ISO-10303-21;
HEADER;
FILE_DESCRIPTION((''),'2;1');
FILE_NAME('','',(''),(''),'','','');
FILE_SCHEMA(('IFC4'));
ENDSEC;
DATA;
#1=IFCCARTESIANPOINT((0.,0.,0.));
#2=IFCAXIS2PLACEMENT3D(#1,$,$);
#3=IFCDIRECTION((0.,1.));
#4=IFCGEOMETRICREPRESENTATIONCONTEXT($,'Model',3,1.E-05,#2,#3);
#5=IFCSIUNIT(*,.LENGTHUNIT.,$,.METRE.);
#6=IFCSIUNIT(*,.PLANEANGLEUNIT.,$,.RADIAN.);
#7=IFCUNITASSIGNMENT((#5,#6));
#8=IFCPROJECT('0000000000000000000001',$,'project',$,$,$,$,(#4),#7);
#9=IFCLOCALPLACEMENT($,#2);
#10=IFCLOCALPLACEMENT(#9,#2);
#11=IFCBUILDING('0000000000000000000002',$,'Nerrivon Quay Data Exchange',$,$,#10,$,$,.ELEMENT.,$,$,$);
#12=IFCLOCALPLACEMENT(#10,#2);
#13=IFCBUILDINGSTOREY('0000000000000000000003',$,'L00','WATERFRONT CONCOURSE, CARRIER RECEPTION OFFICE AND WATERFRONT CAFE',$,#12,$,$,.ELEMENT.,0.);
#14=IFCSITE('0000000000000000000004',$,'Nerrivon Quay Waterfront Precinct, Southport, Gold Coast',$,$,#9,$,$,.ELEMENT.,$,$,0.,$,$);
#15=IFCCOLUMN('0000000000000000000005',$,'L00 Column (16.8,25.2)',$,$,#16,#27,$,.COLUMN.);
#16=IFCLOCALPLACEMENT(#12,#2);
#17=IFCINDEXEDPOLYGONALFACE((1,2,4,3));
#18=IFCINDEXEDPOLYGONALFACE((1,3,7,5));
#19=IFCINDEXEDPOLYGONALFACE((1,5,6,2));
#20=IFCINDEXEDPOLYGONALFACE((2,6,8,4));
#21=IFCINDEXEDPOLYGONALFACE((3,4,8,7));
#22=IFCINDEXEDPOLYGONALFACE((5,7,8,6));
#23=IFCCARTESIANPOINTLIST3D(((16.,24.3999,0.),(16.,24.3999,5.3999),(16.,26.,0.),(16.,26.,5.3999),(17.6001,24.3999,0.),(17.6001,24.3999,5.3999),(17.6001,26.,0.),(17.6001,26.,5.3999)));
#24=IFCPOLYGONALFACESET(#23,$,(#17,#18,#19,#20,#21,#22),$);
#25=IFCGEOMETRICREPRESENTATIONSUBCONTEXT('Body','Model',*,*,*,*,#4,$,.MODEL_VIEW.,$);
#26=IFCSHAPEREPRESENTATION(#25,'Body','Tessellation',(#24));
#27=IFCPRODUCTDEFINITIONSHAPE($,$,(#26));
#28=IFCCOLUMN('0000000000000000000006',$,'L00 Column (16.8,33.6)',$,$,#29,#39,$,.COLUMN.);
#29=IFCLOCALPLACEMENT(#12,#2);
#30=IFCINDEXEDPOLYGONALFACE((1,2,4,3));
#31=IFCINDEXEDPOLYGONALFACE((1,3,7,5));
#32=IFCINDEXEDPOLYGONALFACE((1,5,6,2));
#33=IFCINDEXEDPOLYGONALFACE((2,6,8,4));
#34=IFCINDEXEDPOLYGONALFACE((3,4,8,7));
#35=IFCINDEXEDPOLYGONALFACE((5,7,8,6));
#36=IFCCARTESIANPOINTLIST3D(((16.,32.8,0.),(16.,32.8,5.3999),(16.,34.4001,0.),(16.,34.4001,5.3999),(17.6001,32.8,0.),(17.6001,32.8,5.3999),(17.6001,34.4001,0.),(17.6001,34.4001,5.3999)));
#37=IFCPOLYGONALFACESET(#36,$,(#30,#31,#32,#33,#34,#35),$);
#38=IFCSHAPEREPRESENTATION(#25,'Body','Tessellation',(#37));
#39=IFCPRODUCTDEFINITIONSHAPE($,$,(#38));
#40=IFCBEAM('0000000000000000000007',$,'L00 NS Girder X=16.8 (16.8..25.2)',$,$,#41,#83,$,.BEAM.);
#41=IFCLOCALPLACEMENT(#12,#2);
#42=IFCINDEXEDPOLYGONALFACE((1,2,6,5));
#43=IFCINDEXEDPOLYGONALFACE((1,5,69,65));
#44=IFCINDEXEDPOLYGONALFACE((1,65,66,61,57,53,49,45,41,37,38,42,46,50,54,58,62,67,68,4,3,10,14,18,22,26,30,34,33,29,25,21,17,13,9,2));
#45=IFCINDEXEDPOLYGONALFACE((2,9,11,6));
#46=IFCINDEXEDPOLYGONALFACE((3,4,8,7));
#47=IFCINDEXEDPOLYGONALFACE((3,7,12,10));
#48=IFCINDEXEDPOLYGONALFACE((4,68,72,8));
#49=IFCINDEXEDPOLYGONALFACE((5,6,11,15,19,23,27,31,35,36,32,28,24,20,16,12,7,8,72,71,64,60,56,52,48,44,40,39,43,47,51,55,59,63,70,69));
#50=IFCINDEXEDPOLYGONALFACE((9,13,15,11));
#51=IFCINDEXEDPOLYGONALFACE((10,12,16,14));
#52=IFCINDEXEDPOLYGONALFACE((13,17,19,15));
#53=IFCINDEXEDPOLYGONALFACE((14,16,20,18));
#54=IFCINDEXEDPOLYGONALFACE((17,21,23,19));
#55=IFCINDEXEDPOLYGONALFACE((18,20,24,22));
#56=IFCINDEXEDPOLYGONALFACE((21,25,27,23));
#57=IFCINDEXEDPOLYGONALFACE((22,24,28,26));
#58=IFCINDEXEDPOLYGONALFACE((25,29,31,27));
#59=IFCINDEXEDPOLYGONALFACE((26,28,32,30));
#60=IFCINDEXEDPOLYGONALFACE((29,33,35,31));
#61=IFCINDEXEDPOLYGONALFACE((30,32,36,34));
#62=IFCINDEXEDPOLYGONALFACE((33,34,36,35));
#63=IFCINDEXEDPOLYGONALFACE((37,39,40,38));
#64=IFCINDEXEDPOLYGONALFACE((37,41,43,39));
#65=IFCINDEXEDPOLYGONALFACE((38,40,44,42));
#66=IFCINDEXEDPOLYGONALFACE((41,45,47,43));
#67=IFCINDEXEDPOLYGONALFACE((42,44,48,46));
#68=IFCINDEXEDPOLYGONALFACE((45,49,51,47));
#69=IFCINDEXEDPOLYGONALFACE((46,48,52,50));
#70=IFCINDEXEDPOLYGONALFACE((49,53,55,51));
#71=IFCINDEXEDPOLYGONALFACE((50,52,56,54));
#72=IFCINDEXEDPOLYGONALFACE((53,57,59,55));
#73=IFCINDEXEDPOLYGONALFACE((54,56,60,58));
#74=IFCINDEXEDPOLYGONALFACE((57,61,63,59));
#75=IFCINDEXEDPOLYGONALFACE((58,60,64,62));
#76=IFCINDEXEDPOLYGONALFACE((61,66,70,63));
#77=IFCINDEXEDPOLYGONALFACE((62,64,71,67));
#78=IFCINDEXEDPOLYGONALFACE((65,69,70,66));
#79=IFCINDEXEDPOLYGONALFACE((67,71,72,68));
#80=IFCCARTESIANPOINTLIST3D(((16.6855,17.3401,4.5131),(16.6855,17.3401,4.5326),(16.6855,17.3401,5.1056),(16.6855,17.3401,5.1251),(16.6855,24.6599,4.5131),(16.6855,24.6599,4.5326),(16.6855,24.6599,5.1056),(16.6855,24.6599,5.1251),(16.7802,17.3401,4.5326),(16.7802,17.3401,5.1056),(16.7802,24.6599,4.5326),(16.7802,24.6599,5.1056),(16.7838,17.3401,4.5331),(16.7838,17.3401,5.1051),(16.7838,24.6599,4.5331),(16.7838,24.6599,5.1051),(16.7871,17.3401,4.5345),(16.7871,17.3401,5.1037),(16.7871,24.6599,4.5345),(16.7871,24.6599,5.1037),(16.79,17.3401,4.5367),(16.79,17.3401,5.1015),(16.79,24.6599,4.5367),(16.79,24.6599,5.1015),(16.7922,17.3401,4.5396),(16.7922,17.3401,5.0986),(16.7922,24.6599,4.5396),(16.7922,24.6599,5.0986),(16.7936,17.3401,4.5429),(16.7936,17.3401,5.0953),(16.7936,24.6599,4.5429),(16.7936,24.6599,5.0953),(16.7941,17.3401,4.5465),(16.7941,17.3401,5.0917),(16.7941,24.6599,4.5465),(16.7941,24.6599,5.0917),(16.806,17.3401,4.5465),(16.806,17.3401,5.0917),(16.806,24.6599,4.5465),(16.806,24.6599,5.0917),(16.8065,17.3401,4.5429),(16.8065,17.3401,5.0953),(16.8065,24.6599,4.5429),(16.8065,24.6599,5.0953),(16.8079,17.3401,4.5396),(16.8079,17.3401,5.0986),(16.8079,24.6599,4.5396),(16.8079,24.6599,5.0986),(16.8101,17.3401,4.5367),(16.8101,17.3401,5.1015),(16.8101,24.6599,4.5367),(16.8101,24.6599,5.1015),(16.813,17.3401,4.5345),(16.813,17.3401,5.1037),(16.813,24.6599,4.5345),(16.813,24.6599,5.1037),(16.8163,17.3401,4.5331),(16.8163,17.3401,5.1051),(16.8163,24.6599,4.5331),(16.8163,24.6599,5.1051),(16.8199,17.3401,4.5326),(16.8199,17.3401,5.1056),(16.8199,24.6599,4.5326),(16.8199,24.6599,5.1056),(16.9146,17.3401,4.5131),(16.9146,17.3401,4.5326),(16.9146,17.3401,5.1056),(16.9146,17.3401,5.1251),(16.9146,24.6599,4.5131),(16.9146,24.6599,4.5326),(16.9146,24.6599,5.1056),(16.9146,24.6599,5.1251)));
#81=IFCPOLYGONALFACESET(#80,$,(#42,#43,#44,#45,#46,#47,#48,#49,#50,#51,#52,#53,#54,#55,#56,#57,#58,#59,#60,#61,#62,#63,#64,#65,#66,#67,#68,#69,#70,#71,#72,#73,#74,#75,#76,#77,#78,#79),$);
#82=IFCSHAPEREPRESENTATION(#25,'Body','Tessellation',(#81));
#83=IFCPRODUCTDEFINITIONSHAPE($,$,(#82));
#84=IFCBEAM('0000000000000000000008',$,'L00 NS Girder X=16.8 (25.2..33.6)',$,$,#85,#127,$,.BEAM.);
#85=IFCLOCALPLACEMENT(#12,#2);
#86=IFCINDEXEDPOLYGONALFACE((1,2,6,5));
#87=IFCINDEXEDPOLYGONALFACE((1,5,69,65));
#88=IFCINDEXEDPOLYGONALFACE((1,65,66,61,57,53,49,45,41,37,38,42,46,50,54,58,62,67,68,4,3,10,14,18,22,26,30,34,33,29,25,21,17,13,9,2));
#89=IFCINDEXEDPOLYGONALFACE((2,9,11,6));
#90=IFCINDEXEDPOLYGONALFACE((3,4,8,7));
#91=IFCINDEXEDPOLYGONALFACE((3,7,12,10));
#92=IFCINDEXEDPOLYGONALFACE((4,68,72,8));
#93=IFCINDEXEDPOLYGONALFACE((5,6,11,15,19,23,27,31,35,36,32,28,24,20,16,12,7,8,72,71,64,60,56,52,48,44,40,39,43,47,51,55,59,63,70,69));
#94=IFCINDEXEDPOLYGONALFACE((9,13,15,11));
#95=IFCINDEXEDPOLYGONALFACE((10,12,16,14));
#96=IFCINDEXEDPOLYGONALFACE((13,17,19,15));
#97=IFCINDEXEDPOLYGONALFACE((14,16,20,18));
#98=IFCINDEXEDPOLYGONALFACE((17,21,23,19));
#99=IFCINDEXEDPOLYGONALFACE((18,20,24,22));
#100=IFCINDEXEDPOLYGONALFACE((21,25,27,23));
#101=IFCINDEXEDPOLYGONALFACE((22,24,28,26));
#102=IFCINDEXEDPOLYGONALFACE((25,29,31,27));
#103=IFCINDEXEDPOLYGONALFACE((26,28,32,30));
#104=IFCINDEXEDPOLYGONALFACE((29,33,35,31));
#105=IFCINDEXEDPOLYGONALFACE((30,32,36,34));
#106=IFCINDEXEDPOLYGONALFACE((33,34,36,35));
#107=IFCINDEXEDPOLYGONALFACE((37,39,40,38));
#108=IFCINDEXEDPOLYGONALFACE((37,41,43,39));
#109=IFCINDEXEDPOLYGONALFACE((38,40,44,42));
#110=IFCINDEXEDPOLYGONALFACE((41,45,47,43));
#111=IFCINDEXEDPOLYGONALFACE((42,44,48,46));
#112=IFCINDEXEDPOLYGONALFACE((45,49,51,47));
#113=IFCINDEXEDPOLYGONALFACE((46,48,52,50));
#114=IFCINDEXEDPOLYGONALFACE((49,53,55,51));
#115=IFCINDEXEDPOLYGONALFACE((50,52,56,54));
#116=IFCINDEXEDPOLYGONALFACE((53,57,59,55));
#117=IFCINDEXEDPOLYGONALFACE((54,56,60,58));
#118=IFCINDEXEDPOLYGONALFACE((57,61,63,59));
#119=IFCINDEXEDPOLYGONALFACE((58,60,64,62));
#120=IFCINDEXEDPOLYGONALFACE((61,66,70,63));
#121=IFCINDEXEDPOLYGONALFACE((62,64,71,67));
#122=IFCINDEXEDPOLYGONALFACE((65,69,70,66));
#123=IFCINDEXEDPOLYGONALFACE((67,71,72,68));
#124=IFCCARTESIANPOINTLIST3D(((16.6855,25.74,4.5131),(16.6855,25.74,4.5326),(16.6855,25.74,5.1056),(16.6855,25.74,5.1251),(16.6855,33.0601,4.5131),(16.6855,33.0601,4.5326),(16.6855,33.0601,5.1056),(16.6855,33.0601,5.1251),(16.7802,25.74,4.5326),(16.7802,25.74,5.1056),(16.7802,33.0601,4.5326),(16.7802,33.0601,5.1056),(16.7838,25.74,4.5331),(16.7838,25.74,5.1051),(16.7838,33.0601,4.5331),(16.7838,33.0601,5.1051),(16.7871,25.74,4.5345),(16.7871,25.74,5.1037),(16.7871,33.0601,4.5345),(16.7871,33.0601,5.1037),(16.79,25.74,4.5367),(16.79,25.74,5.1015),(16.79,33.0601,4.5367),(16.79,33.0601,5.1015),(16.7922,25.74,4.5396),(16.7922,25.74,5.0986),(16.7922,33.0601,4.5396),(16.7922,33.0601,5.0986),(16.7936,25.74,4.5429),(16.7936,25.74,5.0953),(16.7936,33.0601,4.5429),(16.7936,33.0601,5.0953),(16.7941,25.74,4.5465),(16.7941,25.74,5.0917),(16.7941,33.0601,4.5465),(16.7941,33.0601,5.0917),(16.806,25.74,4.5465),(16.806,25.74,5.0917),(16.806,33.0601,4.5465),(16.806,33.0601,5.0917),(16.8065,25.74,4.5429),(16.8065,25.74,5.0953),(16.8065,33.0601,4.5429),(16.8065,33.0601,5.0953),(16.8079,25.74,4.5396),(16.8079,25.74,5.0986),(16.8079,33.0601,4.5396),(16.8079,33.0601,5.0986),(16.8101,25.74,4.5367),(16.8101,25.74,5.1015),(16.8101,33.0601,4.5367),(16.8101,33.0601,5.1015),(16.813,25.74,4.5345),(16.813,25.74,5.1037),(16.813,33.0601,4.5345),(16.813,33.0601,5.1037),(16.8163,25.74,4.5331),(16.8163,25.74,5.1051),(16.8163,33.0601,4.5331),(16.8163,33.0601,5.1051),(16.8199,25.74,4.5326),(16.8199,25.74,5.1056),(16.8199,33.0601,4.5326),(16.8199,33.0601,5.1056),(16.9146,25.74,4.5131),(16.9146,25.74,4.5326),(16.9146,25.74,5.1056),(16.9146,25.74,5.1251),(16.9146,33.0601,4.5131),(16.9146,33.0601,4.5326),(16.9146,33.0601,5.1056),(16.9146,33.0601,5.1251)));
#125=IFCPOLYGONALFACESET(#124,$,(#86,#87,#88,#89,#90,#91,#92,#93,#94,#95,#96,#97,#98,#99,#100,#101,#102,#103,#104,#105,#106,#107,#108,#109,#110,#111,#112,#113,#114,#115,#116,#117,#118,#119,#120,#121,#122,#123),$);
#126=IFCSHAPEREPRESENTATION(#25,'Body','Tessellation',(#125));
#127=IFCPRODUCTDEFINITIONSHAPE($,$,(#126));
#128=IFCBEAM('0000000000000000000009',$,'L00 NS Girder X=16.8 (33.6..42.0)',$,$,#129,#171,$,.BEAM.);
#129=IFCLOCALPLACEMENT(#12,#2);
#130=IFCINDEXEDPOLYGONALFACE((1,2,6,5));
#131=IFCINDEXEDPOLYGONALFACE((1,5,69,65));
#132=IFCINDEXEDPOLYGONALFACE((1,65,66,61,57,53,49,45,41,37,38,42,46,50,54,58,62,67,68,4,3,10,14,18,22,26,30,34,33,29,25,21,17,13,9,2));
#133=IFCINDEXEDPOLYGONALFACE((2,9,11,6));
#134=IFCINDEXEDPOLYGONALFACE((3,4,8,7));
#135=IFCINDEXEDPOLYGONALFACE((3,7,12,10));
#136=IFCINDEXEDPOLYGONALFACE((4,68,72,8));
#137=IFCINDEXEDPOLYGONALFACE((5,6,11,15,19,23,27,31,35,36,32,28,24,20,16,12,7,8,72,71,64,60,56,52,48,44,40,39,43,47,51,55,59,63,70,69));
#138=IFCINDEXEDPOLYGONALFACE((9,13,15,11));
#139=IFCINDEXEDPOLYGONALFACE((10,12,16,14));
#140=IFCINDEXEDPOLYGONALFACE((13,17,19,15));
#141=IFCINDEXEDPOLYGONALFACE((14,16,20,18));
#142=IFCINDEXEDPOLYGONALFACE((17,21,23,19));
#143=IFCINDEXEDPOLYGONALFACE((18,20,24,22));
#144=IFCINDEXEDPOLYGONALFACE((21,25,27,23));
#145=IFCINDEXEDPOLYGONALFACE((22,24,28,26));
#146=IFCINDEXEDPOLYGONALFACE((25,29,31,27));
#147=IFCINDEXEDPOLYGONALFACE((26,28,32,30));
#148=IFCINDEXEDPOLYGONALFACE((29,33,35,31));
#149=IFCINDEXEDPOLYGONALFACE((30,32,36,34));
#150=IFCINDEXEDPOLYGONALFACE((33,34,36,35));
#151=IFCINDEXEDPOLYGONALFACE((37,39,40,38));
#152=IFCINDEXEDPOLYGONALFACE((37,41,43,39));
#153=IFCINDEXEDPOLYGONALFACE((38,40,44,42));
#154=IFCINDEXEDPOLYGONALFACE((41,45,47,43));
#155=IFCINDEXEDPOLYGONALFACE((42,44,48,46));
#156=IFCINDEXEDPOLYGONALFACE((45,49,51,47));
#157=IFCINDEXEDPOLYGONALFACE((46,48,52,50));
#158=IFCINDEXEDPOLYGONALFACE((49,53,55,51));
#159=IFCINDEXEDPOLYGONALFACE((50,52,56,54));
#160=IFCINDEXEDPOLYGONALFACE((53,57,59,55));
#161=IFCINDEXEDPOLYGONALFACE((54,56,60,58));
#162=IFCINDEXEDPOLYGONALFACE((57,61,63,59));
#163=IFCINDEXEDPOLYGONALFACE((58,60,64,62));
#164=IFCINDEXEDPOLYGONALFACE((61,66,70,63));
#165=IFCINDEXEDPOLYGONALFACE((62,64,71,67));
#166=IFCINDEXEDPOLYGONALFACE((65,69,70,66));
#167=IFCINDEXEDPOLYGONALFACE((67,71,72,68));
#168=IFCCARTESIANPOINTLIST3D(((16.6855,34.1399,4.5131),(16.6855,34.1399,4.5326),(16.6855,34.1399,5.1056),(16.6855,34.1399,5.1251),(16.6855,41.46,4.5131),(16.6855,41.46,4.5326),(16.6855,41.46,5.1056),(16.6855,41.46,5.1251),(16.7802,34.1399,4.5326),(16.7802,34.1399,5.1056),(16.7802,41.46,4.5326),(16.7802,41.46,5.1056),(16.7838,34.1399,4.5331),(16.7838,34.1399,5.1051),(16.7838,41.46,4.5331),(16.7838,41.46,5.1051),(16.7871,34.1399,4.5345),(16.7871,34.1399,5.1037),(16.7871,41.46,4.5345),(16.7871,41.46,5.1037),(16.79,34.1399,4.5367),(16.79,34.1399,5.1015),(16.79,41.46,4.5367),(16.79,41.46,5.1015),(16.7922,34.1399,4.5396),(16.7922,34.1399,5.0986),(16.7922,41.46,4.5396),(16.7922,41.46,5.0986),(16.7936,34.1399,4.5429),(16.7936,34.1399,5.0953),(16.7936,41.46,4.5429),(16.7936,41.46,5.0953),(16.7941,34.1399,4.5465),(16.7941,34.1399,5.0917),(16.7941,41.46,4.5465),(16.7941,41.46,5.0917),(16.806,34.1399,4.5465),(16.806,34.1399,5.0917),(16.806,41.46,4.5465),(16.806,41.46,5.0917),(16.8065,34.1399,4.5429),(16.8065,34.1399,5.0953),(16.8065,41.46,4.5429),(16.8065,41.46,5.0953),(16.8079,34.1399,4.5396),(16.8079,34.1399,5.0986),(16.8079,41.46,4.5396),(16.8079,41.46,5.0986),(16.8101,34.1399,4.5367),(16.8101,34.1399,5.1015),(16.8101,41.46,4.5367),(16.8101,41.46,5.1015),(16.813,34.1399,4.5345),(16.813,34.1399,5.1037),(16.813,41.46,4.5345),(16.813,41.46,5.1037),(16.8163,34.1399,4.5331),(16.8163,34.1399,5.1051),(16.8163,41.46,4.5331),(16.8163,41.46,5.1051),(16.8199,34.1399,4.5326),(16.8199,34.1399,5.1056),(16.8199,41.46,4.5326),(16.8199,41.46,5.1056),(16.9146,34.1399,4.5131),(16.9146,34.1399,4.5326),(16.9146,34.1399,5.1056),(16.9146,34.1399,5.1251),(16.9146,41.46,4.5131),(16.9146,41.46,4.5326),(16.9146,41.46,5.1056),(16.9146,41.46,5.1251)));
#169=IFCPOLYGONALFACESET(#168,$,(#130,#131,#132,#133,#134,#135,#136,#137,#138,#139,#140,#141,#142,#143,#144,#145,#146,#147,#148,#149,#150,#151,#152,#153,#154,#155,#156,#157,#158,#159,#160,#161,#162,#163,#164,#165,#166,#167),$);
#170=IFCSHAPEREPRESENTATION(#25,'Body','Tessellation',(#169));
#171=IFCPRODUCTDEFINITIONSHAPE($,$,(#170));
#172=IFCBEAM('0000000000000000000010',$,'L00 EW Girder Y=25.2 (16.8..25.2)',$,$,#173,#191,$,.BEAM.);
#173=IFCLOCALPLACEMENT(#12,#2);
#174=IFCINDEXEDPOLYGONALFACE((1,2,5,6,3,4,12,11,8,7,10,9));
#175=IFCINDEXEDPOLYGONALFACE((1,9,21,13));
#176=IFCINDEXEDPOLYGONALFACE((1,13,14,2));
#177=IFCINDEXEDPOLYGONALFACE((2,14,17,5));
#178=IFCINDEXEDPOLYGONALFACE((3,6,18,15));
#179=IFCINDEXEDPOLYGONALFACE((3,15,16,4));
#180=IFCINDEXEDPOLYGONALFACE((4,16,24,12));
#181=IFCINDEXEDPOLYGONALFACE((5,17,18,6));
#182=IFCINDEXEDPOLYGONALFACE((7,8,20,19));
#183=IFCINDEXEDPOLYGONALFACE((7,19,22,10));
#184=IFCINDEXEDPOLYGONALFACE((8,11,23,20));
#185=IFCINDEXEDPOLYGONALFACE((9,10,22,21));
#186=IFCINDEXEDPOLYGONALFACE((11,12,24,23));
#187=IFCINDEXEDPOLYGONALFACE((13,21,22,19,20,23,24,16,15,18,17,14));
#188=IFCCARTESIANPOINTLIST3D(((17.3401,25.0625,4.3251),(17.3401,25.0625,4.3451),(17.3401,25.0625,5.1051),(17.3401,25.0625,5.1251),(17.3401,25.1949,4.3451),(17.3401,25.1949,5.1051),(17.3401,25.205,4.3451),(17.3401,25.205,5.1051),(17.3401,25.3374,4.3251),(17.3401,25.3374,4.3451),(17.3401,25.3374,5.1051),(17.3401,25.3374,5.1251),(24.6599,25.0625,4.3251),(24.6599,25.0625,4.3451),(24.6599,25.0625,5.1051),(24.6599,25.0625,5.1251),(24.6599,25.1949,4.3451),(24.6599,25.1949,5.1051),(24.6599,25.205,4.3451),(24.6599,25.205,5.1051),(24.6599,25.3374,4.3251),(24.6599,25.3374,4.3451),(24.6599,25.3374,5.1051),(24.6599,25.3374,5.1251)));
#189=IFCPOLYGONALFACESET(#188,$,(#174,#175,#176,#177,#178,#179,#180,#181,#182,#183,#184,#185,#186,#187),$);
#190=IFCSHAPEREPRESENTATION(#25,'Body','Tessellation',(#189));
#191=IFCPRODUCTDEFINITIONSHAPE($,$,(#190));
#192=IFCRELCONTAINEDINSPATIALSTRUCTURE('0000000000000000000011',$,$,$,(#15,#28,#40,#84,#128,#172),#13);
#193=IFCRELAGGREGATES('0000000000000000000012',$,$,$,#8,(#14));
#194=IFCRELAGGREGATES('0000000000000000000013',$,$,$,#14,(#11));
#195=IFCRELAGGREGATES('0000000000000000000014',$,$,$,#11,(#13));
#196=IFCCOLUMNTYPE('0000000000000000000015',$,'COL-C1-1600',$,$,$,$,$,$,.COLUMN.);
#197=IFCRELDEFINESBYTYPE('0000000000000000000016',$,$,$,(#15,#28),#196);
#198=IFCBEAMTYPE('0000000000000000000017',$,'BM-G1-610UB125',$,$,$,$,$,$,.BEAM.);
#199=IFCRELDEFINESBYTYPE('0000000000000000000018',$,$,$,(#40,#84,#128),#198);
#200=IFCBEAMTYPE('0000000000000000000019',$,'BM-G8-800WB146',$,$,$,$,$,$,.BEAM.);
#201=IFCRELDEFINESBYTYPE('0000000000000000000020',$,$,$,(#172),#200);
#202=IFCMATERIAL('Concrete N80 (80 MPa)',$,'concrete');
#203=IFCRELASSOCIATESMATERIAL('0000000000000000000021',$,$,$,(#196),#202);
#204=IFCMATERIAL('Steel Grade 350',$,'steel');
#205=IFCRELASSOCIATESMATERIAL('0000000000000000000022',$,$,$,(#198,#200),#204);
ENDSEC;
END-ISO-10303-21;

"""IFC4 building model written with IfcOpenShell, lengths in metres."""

from ifc_helpers import new_model, si_unit, direction, frame, origin, origin_2d, place, context, subcontext, project, spatial, rectangle, i_section, extrude, material, material_profile, profile_set, type_object, element, save


model = new_model("IFC4")

# Units and contexts
model_context = context("Model", 3, precision=1e-05, world=origin(), true_north=direction((0.0, 1.0)))
body_context = subcontext(model_context, "Body", "Model", "MODEL_VIEW")
ifc_project = project(units=[si_unit("LENGTHUNIT", "METRE"), si_unit("PLANEANGLEUNIT", "RADIAN")], contexts=[model_context])

# Site, building, storey
site_placement = place(None, origin())
site = spatial("IfcSite", under=ifc_project, at=site_placement, Name="Nerrivon Quay Waterfront Precinct, Southport, Gold Coast", CompositionType="ELEMENT", RefElevation=0.0)
building_placement = place(site_placement, origin())
building = spatial("IfcBuilding", under=site, at=building_placement, Name="Nerrivon Quay Data Exchange", CompositionType="ELEMENT")
storey_placement = place(building_placement, origin())
storey = spatial("IfcBuildingStorey", under=building, at=storey_placement, Name="L00", Description="WATERFRONT CONCOURSE, CARRIER RECEPTION OFFICE AND WATERFRONT CAFE", CompositionType="ELEMENT", Elevation=0.0)

# Columns
ifc_material_1 = material(Name="Concrete N80 (80 MPa)", Category="concrete")
ifc_material_profile_1 = material_profile(ifc_material_1, rectangle(XDim=1.6001, YDim=1.6001, at=origin_2d()), Name="RC-COL-1600x1600")
ifc_profile_set_1 = profile_set([ifc_material_profile_1], Name="Concrete N80 (80 MPa)")
column_type = type_object("IfcColumnType", Name="COL-C1-1600", PredefinedType="COLUMN", material=ifc_profile_set_1)
for number, where, z_axis, x_axis, name in (
    (1, (16.8, 25.2, 0.0), (0.0, 0.0, 1.0), (1.0, 0.0, 0.0), "L00 Column (16.8,25.2)"),
    (2, (16.8, 33.6001, 0.0), (0.0, 0.0, 1.0), (1.0, 0.0, 0.0), "L00 Column (16.8,33.6)"),
):
    element("IfcColumn", number, at=place(storey_placement, frame(where, z_axis=z_axis, x_axis=x_axis)), inside=storey, type_object=column_type, Name=name, PredefinedType="COLUMN", context=body_context, shape_type="SweptSolid", body=[
        extrude(rectangle(XDim=1.6001, YDim=1.6001, at=origin_2d()), origin(), (0.0, 0.0, 1.0), 5.3999),
    ])

# Beams
ifc_material_2 = material(Name="Steel Grade 350", Category="steel")
ifc_material_profile_2 = material_profile(ifc_material_2, i_section(OverallWidth=0.229, OverallDepth=0.6121, WebThickness=0.012, FlangeThickness=0.0195, FilletRadius=0.0139, at=origin_2d()), Name="610UB125")
ifc_profile_set_2 = profile_set([ifc_material_profile_2], Name="Steel Grade 350")
beam_type_1 = type_object("IfcBeamType", Name="BM-G1-610UB125", PredefinedType="BEAM", material=ifc_profile_set_2)
beam_placement = place(storey_placement, frame((16.8, 17.3401, 4.8191), z_axis=(0.0, 1.0, 0.0), x_axis=(-1.0, 0.0, 0.0)))
element("IfcBeam", 3, at=beam_placement, inside=storey, type_object=beam_type_1, Name="L00 NS Girder X=16.8 (16.8..25.2)", PredefinedType="BEAM", context=body_context, shape_type="SweptSolid", body=[
    extrude(i_section(OverallWidth=0.229, OverallDepth=0.6121, WebThickness=0.012, FlangeThickness=0.0195, FilletRadius=0.0139, at=origin_2d()), origin(), (0.0, 0.0, 1.0), 7.3198),
])
for number, where, z_axis, x_axis, name in (
    (4, (16.8, 25.74, 4.8191), (0.0, 1.0, 0.0), (-1.0, 0.0, 0.0), "L00 NS Girder X=16.8 (25.2..33.6)"),
    (5, (16.8, 34.1399, 4.8191), (0.0, 1.0, 0.0), (-1.0, 0.0, 0.0), "L00 NS Girder X=16.8 (33.6..42.0)"),
):
    element("IfcBeam", number, at=place(storey_placement, frame(where, z_axis=z_axis, x_axis=x_axis)), inside=storey, type_object=beam_type_1, Name=name, PredefinedType="BEAM", context=body_context, shape_type="SweptSolid", body=[
        extrude(i_section(OverallWidth=0.229, OverallDepth=0.6121, WebThickness=0.012, FlangeThickness=0.0195, FilletRadius=0.0139, at=origin_2d()), origin(), (0.0, 0.0, 1.0), 7.3201),
    ])
ifc_material_profile_3 = material_profile(ifc_material_2, i_section(OverallWidth=0.2749, OverallDepth=0.8, WebThickness=0.01, FlangeThickness=0.02, at=origin_2d()), Name="800WB146")
ifc_profile_set_3 = profile_set([ifc_material_profile_3], Name="Steel Grade 350")
beam_type_2 = type_object("IfcBeamType", Name="BM-G8-800WB146", PredefinedType="BEAM", material=ifc_profile_set_3)
for number, where, z_axis, x_axis, name in (
    (6, (17.3401, 25.2, 4.7251), (1.0, 0.0, 0.0), (0.0, 1.0, 0.0), "L00 EW Girder Y=25.2 (16.8..25.2)"),
):
    element("IfcBeam", number, at=place(storey_placement, frame(where, z_axis=z_axis, x_axis=x_axis)), inside=storey, type_object=beam_type_2, Name=name, PredefinedType="BEAM", context=body_context, shape_type="SweptSolid", body=[
        extrude(i_section(OverallWidth=0.2749, OverallDepth=0.8, WebThickness=0.01, FlangeThickness=0.02, at=origin_2d()), origin(), (0.0, 0.0, 1.0), 7.3198),
    ])

save(model, "model.ifc")
